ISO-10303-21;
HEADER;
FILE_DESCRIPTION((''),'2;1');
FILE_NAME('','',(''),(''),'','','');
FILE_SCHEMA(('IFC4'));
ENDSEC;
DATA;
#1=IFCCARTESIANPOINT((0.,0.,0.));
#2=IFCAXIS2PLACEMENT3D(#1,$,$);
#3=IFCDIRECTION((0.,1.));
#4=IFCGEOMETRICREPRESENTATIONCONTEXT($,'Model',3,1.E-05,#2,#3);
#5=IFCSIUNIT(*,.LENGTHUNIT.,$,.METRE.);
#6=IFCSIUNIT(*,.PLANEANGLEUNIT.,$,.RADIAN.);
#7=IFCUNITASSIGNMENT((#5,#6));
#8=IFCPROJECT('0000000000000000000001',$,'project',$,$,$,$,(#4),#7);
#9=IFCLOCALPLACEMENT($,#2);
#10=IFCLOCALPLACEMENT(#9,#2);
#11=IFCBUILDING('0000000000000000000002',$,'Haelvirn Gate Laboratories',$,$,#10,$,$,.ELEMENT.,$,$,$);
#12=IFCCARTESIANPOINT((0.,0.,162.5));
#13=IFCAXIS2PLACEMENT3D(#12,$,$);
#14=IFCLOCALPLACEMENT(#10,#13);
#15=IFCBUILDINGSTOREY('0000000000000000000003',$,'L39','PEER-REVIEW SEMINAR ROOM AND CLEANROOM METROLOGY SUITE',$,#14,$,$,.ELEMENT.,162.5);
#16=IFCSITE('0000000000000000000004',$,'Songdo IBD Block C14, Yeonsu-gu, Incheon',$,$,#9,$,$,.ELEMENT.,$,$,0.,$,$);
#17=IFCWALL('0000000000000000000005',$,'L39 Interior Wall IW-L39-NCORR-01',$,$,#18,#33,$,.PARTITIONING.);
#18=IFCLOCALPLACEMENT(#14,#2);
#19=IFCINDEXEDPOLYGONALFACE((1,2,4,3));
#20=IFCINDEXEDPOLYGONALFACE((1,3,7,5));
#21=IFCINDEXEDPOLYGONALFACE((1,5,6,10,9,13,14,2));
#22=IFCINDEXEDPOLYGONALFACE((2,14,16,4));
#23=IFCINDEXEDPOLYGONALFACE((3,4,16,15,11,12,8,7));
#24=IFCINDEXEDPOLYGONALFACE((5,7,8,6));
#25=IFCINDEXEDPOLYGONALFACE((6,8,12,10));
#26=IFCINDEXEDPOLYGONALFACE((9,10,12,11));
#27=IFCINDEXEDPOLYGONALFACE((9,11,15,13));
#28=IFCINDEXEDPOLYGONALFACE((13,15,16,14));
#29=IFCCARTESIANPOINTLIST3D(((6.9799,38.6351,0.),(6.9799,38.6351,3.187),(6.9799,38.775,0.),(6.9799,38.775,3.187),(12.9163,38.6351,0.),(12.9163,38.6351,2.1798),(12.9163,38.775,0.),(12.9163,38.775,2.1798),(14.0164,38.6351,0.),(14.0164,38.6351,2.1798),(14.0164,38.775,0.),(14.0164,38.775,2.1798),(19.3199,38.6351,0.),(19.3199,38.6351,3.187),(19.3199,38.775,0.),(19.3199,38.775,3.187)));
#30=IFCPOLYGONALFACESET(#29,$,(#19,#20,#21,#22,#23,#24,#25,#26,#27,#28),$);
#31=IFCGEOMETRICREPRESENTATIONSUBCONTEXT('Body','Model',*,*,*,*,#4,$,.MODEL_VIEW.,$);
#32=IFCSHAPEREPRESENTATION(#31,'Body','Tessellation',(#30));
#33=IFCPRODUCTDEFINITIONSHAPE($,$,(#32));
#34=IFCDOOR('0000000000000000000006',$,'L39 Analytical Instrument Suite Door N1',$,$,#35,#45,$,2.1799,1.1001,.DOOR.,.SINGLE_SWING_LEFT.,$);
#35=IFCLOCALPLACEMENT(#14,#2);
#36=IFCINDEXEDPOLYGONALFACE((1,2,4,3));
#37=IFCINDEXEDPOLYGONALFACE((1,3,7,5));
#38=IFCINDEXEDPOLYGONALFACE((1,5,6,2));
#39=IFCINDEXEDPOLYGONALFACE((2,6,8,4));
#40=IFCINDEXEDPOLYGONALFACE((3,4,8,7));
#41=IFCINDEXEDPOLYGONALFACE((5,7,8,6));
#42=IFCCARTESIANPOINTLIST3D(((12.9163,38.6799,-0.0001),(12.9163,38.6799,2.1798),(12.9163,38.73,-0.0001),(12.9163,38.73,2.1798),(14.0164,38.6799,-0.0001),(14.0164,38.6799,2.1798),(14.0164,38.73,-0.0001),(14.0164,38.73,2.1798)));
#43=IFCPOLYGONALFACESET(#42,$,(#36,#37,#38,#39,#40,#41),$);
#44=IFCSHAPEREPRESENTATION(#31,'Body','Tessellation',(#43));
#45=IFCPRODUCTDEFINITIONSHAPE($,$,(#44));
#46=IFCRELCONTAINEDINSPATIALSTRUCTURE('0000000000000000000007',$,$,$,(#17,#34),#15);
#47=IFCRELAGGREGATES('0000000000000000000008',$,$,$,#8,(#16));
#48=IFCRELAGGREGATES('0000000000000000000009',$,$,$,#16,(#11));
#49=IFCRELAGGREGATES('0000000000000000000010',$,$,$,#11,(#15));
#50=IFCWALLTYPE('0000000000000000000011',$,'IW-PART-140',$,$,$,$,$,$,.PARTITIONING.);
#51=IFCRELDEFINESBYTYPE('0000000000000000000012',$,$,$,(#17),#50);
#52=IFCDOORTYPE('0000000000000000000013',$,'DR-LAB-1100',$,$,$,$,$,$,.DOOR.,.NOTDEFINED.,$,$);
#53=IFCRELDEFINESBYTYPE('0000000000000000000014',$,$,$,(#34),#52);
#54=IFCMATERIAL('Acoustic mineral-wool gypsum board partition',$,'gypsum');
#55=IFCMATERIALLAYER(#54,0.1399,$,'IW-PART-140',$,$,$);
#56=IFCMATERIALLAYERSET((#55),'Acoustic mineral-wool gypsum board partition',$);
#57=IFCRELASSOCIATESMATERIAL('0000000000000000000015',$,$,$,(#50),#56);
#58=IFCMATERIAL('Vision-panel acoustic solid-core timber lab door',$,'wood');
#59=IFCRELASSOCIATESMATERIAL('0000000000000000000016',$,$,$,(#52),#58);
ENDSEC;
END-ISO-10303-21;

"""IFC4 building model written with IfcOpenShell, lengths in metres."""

from ifc_helpers import new_model, si_unit, direction, frame, frame_2d, origin, place, context, subcontext, project, spatial, rectangle, extrude, source, transform, mapped, material, layer, layer_set, type_object, type_shapes, element, fill, save


model = new_model("IFC4")

# Units and contexts
model_context = context("Model", 3, precision=1e-05, world=origin(), true_north=direction((0.0, 1.0)))
body_context = subcontext(model_context, "Body", "Model", "MODEL_VIEW")
ifc_project = project(units=[si_unit("LENGTHUNIT", "METRE"), si_unit("PLANEANGLEUNIT", "RADIAN")], contexts=[model_context])

# Site, building, storey
site_placement = place(None, origin())
site = spatial("IfcSite", under=ifc_project, at=site_placement, Name="Songdo IBD Block C14, Yeonsu-gu, Incheon", CompositionType="ELEMENT", RefElevation=0.0)
building_placement = place(site_placement, origin())
building = spatial("IfcBuilding", under=site, at=building_placement, Name="Haelvirn Gate Laboratories", CompositionType="ELEMENT")
storey_placement = place(building_placement, frame((0.0, 0.0, 162.5)))
storey = spatial("IfcBuildingStorey", under=building, at=storey_placement, Name="L39", Description="PEER-REVIEW SEMINAR ROOM AND CLEANROOM METROLOGY SUITE", CompositionType="ELEMENT", Elevation=162.5)

# Wall, opening, door
ifc_material_1 = material(Name="Acoustic mineral-wool gypsum board partition", Category="gypsum")
ifc_layer_1 = layer(ifc_material_1, 0.1399, Name="IW-PART-140")
ifc_layer_set_1 = layer_set([ifc_layer_1], Name="Acoustic mineral-wool gypsum board partition")
wall_type_1 = type_object("IfcWallType", Name="IW-PART-140", PredefinedType="PARTITIONING", material=ifc_layer_set_1)
wall_1_placement = place(storey_placement, frame((6.98, 38.7051, 0.0), z_axis=(0.0, 0.0, 1.0), x_axis=(1.0, 0.0, 0.0)))
wall_1 = element("IfcWall", 1, at=wall_1_placement, inside=storey, type_object=wall_type_1, Name="L39 Interior Wall IW-L39-NCORR-01", PredefinedType="PARTITIONING", context=body_context, shape_type="SweptSolid", body=[
    extrude(rectangle(XDim=12.3401, YDim=0.1399, at=frame_2d((6.1699, 0.0))), origin(), (0.0, 0.0, 1.0), 3.187),
])
opening_placement = place(wall_1_placement, frame((5.9363, 0.0, 0.0)))
opening = element("IfcOpeningElement", 2, at=opening_placement, cuts=wall_1, PredefinedType="OPENING", context=body_context, shape_type="SweptSolid", body=[
    extrude(rectangle(XDim=1.1001, YDim=2.1799, at=frame_2d((0.55, 1.0898))), frame((0.0, 0.0801, 0.0), z_axis=(0.0, -1.0, 0.0), x_axis=(1.0, 0.0, 0.0)), (0.0, 0.0, 1.0), 0.1599),
])
ifc_material_2 = material(Name="Vision-panel acoustic solid-core timber lab door", Category="wood")
door_type = type_object("IfcDoorType", Name="DR-LAB-1100", OperationType="NOTDEFINED", PredefinedType="DOOR", material=ifc_material_2)
shared_shape_1 = source(origin(), body_context, "Body", "SweptSolid", [
    extrude(rectangle(XDim=1.1001, YDim=2.1799, at=frame_2d((0.55, 1.0898))), frame((0.0, 0.0249, 0.0), z_axis=(0.0, -1.0, 0.0), x_axis=(1.0, 0.0, 0.0)), (0.0, 0.0, 1.0), 0.05),
])
type_shapes(door_type, [shared_shape_1])
door_placement = place(opening_placement, origin())
door = element("IfcDoor", 3, at=door_placement, inside=storey, type_object=door_type, Name="L39 Analytical Instrument Suite Door N1", OperationType="SINGLE_SWING_LEFT", OverallHeight=2.1799, OverallWidth=1.1001, PredefinedType="DOOR", context=body_context, shape_type="MappedRepresentation", body=[
    mapped(shared_shape_1, transform((0.0, 0.0, 0.0), scale=1.0)),
])
fill(opening, door)

save(model, "model.ifc")
